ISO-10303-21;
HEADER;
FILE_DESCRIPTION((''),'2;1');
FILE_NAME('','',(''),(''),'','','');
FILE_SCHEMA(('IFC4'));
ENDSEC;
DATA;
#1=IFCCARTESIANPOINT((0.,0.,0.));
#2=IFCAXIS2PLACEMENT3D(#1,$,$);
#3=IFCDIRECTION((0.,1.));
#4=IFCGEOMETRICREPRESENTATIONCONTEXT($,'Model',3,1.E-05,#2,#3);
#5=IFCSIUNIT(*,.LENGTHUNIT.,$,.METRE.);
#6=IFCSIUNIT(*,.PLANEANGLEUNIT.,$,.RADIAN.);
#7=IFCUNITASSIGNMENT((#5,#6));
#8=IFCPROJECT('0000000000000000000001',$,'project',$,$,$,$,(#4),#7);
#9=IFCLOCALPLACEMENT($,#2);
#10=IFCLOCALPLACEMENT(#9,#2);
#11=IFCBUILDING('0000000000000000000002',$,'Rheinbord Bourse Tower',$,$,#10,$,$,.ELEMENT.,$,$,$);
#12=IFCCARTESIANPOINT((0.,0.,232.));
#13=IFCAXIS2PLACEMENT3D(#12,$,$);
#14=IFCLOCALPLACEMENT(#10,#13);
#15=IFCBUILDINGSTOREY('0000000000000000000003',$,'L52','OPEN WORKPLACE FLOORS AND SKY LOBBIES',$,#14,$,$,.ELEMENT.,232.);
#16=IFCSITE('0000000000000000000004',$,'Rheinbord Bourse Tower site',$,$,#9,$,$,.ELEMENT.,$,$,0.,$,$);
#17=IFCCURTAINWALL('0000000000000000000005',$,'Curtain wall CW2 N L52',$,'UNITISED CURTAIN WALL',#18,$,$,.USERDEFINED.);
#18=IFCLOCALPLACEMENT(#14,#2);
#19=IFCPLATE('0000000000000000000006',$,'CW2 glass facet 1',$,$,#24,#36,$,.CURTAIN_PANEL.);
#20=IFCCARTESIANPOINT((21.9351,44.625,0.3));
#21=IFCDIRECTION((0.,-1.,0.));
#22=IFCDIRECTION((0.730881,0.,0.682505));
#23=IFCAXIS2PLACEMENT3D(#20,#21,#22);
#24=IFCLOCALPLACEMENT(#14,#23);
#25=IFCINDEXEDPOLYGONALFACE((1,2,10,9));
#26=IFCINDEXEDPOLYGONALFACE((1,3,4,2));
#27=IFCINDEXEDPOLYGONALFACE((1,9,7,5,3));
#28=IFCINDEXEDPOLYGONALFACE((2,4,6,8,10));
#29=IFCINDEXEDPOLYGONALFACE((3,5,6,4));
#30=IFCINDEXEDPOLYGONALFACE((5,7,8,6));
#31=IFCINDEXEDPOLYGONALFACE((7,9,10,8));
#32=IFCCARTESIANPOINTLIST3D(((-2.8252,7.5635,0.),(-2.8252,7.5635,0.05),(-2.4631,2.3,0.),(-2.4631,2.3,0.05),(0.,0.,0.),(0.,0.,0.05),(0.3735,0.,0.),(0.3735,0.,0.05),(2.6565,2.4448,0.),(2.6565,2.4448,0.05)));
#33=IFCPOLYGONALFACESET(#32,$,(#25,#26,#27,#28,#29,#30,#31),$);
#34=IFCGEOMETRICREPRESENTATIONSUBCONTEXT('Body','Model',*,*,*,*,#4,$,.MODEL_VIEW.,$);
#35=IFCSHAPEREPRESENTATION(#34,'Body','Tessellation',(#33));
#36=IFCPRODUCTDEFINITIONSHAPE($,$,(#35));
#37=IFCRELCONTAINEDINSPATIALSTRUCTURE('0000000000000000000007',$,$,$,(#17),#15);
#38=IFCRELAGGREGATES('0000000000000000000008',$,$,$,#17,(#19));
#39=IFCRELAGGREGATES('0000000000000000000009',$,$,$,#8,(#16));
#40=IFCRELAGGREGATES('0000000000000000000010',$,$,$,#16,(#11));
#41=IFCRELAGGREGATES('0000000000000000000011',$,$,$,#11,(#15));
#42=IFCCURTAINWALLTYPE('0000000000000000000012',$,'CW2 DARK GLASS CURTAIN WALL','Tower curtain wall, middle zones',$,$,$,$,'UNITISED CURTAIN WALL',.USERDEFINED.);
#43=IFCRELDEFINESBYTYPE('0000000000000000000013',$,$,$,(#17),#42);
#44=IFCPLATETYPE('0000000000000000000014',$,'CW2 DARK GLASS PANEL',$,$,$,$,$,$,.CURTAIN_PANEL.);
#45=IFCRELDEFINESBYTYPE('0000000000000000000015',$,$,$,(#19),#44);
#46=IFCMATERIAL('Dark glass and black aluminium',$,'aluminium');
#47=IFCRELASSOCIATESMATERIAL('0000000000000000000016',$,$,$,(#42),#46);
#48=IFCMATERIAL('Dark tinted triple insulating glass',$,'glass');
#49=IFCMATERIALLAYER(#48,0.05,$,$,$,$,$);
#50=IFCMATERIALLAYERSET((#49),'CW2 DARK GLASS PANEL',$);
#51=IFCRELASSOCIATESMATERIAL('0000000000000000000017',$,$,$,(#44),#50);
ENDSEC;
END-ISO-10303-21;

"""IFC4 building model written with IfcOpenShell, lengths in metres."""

from ifc_helpers import new_model, si_unit, direction, frame, origin, place, context, subcontext, project, spatial, polyline, outline, extrude, material, layer, layer_set, type_object, element, aggregate, save


model = new_model("IFC4")

# Units and contexts
model_context = context("Model", 3, precision=1e-05, world=origin(), true_north=direction((0.0, 1.0)))
body_context = subcontext(model_context, "Body", "Model", "MODEL_VIEW")
ifc_project = project(units=[si_unit("LENGTHUNIT", "METRE"), si_unit("PLANEANGLEUNIT", "RADIAN")], contexts=[model_context])

# Site, building, storey
site_placement = place(None, origin())
site = spatial("IfcSite", under=ifc_project, at=site_placement, Name="Rheinbord Bourse Tower site", CompositionType="ELEMENT", RefElevation=0.0)
building_placement = place(site_placement, origin())
building = spatial("IfcBuilding", under=site, at=building_placement, Name="Rheinbord Bourse Tower", CompositionType="ELEMENT")
storey_placement = place(building_placement, frame((0.0, 0.0, 232.0)))
storey = spatial("IfcBuildingStorey", under=building, at=storey_placement, Name="L52", Description="OPEN WORKPLACE FLOORS AND SKY LOBBIES", CompositionType="ELEMENT", Elevation=232.0)

# Curtain wall
ifc_material_1 = material(Name="Dark glass and black aluminium", Category="aluminium")
curtain_wall_type = type_object("IfcCurtainWallType", Name="CW2 DARK GLASS CURTAIN WALL", Description="Tower curtain wall, middle zones", ElementType="UNITISED CURTAIN WALL", PredefinedType="USERDEFINED", material=ifc_material_1)
curtain_wall_placement = place(storey_placement, origin())
curtain_wall = element("IfcCurtainWall", 1, at=curtain_wall_placement, inside=storey, type_object=curtain_wall_type, Name="Curtain wall CW2 N L52", ObjectType="UNITISED CURTAIN WALL", PredefinedType="USERDEFINED")

# Plate
ifc_material_2 = material(Name="Dark tinted triple insulating glass", Category="glass")
ifc_layer_1 = layer(ifc_material_2, 0.05)
ifc_layer_set_1 = layer_set([ifc_layer_1], Name="CW2 DARK GLASS PANEL")
plate_type = type_object("IfcPlateType", Name="CW2 DARK GLASS PANEL", PredefinedType="CURTAIN_PANEL", material=ifc_layer_set_1)
plate_1_placement = place(storey_placement, frame((21.9351, 44.625, 0.3), z_axis=(0.0, -1.0, 0.0), x_axis=(0.730881, 0.0, 0.682505)))
plate_1 = element("IfcPlate", 2, at=plate_1_placement, type_object=plate_type, Name="CW2 glass facet 1", PredefinedType="CURTAIN_PANEL", context=body_context, shape_type="SweptSolid", body=[
    extrude(outline(polyline([(0.0, 0.0), (0.3735, 0.0), (2.6565, 2.4448), (-2.8252, 7.5635), (-2.4631, 2.3), (0.0, 0.0)])), origin(), (0.0, 0.0, 1.0), 0.05),
])
aggregate(curtain_wall, [plate_1])

save(model, "model.ifc")
